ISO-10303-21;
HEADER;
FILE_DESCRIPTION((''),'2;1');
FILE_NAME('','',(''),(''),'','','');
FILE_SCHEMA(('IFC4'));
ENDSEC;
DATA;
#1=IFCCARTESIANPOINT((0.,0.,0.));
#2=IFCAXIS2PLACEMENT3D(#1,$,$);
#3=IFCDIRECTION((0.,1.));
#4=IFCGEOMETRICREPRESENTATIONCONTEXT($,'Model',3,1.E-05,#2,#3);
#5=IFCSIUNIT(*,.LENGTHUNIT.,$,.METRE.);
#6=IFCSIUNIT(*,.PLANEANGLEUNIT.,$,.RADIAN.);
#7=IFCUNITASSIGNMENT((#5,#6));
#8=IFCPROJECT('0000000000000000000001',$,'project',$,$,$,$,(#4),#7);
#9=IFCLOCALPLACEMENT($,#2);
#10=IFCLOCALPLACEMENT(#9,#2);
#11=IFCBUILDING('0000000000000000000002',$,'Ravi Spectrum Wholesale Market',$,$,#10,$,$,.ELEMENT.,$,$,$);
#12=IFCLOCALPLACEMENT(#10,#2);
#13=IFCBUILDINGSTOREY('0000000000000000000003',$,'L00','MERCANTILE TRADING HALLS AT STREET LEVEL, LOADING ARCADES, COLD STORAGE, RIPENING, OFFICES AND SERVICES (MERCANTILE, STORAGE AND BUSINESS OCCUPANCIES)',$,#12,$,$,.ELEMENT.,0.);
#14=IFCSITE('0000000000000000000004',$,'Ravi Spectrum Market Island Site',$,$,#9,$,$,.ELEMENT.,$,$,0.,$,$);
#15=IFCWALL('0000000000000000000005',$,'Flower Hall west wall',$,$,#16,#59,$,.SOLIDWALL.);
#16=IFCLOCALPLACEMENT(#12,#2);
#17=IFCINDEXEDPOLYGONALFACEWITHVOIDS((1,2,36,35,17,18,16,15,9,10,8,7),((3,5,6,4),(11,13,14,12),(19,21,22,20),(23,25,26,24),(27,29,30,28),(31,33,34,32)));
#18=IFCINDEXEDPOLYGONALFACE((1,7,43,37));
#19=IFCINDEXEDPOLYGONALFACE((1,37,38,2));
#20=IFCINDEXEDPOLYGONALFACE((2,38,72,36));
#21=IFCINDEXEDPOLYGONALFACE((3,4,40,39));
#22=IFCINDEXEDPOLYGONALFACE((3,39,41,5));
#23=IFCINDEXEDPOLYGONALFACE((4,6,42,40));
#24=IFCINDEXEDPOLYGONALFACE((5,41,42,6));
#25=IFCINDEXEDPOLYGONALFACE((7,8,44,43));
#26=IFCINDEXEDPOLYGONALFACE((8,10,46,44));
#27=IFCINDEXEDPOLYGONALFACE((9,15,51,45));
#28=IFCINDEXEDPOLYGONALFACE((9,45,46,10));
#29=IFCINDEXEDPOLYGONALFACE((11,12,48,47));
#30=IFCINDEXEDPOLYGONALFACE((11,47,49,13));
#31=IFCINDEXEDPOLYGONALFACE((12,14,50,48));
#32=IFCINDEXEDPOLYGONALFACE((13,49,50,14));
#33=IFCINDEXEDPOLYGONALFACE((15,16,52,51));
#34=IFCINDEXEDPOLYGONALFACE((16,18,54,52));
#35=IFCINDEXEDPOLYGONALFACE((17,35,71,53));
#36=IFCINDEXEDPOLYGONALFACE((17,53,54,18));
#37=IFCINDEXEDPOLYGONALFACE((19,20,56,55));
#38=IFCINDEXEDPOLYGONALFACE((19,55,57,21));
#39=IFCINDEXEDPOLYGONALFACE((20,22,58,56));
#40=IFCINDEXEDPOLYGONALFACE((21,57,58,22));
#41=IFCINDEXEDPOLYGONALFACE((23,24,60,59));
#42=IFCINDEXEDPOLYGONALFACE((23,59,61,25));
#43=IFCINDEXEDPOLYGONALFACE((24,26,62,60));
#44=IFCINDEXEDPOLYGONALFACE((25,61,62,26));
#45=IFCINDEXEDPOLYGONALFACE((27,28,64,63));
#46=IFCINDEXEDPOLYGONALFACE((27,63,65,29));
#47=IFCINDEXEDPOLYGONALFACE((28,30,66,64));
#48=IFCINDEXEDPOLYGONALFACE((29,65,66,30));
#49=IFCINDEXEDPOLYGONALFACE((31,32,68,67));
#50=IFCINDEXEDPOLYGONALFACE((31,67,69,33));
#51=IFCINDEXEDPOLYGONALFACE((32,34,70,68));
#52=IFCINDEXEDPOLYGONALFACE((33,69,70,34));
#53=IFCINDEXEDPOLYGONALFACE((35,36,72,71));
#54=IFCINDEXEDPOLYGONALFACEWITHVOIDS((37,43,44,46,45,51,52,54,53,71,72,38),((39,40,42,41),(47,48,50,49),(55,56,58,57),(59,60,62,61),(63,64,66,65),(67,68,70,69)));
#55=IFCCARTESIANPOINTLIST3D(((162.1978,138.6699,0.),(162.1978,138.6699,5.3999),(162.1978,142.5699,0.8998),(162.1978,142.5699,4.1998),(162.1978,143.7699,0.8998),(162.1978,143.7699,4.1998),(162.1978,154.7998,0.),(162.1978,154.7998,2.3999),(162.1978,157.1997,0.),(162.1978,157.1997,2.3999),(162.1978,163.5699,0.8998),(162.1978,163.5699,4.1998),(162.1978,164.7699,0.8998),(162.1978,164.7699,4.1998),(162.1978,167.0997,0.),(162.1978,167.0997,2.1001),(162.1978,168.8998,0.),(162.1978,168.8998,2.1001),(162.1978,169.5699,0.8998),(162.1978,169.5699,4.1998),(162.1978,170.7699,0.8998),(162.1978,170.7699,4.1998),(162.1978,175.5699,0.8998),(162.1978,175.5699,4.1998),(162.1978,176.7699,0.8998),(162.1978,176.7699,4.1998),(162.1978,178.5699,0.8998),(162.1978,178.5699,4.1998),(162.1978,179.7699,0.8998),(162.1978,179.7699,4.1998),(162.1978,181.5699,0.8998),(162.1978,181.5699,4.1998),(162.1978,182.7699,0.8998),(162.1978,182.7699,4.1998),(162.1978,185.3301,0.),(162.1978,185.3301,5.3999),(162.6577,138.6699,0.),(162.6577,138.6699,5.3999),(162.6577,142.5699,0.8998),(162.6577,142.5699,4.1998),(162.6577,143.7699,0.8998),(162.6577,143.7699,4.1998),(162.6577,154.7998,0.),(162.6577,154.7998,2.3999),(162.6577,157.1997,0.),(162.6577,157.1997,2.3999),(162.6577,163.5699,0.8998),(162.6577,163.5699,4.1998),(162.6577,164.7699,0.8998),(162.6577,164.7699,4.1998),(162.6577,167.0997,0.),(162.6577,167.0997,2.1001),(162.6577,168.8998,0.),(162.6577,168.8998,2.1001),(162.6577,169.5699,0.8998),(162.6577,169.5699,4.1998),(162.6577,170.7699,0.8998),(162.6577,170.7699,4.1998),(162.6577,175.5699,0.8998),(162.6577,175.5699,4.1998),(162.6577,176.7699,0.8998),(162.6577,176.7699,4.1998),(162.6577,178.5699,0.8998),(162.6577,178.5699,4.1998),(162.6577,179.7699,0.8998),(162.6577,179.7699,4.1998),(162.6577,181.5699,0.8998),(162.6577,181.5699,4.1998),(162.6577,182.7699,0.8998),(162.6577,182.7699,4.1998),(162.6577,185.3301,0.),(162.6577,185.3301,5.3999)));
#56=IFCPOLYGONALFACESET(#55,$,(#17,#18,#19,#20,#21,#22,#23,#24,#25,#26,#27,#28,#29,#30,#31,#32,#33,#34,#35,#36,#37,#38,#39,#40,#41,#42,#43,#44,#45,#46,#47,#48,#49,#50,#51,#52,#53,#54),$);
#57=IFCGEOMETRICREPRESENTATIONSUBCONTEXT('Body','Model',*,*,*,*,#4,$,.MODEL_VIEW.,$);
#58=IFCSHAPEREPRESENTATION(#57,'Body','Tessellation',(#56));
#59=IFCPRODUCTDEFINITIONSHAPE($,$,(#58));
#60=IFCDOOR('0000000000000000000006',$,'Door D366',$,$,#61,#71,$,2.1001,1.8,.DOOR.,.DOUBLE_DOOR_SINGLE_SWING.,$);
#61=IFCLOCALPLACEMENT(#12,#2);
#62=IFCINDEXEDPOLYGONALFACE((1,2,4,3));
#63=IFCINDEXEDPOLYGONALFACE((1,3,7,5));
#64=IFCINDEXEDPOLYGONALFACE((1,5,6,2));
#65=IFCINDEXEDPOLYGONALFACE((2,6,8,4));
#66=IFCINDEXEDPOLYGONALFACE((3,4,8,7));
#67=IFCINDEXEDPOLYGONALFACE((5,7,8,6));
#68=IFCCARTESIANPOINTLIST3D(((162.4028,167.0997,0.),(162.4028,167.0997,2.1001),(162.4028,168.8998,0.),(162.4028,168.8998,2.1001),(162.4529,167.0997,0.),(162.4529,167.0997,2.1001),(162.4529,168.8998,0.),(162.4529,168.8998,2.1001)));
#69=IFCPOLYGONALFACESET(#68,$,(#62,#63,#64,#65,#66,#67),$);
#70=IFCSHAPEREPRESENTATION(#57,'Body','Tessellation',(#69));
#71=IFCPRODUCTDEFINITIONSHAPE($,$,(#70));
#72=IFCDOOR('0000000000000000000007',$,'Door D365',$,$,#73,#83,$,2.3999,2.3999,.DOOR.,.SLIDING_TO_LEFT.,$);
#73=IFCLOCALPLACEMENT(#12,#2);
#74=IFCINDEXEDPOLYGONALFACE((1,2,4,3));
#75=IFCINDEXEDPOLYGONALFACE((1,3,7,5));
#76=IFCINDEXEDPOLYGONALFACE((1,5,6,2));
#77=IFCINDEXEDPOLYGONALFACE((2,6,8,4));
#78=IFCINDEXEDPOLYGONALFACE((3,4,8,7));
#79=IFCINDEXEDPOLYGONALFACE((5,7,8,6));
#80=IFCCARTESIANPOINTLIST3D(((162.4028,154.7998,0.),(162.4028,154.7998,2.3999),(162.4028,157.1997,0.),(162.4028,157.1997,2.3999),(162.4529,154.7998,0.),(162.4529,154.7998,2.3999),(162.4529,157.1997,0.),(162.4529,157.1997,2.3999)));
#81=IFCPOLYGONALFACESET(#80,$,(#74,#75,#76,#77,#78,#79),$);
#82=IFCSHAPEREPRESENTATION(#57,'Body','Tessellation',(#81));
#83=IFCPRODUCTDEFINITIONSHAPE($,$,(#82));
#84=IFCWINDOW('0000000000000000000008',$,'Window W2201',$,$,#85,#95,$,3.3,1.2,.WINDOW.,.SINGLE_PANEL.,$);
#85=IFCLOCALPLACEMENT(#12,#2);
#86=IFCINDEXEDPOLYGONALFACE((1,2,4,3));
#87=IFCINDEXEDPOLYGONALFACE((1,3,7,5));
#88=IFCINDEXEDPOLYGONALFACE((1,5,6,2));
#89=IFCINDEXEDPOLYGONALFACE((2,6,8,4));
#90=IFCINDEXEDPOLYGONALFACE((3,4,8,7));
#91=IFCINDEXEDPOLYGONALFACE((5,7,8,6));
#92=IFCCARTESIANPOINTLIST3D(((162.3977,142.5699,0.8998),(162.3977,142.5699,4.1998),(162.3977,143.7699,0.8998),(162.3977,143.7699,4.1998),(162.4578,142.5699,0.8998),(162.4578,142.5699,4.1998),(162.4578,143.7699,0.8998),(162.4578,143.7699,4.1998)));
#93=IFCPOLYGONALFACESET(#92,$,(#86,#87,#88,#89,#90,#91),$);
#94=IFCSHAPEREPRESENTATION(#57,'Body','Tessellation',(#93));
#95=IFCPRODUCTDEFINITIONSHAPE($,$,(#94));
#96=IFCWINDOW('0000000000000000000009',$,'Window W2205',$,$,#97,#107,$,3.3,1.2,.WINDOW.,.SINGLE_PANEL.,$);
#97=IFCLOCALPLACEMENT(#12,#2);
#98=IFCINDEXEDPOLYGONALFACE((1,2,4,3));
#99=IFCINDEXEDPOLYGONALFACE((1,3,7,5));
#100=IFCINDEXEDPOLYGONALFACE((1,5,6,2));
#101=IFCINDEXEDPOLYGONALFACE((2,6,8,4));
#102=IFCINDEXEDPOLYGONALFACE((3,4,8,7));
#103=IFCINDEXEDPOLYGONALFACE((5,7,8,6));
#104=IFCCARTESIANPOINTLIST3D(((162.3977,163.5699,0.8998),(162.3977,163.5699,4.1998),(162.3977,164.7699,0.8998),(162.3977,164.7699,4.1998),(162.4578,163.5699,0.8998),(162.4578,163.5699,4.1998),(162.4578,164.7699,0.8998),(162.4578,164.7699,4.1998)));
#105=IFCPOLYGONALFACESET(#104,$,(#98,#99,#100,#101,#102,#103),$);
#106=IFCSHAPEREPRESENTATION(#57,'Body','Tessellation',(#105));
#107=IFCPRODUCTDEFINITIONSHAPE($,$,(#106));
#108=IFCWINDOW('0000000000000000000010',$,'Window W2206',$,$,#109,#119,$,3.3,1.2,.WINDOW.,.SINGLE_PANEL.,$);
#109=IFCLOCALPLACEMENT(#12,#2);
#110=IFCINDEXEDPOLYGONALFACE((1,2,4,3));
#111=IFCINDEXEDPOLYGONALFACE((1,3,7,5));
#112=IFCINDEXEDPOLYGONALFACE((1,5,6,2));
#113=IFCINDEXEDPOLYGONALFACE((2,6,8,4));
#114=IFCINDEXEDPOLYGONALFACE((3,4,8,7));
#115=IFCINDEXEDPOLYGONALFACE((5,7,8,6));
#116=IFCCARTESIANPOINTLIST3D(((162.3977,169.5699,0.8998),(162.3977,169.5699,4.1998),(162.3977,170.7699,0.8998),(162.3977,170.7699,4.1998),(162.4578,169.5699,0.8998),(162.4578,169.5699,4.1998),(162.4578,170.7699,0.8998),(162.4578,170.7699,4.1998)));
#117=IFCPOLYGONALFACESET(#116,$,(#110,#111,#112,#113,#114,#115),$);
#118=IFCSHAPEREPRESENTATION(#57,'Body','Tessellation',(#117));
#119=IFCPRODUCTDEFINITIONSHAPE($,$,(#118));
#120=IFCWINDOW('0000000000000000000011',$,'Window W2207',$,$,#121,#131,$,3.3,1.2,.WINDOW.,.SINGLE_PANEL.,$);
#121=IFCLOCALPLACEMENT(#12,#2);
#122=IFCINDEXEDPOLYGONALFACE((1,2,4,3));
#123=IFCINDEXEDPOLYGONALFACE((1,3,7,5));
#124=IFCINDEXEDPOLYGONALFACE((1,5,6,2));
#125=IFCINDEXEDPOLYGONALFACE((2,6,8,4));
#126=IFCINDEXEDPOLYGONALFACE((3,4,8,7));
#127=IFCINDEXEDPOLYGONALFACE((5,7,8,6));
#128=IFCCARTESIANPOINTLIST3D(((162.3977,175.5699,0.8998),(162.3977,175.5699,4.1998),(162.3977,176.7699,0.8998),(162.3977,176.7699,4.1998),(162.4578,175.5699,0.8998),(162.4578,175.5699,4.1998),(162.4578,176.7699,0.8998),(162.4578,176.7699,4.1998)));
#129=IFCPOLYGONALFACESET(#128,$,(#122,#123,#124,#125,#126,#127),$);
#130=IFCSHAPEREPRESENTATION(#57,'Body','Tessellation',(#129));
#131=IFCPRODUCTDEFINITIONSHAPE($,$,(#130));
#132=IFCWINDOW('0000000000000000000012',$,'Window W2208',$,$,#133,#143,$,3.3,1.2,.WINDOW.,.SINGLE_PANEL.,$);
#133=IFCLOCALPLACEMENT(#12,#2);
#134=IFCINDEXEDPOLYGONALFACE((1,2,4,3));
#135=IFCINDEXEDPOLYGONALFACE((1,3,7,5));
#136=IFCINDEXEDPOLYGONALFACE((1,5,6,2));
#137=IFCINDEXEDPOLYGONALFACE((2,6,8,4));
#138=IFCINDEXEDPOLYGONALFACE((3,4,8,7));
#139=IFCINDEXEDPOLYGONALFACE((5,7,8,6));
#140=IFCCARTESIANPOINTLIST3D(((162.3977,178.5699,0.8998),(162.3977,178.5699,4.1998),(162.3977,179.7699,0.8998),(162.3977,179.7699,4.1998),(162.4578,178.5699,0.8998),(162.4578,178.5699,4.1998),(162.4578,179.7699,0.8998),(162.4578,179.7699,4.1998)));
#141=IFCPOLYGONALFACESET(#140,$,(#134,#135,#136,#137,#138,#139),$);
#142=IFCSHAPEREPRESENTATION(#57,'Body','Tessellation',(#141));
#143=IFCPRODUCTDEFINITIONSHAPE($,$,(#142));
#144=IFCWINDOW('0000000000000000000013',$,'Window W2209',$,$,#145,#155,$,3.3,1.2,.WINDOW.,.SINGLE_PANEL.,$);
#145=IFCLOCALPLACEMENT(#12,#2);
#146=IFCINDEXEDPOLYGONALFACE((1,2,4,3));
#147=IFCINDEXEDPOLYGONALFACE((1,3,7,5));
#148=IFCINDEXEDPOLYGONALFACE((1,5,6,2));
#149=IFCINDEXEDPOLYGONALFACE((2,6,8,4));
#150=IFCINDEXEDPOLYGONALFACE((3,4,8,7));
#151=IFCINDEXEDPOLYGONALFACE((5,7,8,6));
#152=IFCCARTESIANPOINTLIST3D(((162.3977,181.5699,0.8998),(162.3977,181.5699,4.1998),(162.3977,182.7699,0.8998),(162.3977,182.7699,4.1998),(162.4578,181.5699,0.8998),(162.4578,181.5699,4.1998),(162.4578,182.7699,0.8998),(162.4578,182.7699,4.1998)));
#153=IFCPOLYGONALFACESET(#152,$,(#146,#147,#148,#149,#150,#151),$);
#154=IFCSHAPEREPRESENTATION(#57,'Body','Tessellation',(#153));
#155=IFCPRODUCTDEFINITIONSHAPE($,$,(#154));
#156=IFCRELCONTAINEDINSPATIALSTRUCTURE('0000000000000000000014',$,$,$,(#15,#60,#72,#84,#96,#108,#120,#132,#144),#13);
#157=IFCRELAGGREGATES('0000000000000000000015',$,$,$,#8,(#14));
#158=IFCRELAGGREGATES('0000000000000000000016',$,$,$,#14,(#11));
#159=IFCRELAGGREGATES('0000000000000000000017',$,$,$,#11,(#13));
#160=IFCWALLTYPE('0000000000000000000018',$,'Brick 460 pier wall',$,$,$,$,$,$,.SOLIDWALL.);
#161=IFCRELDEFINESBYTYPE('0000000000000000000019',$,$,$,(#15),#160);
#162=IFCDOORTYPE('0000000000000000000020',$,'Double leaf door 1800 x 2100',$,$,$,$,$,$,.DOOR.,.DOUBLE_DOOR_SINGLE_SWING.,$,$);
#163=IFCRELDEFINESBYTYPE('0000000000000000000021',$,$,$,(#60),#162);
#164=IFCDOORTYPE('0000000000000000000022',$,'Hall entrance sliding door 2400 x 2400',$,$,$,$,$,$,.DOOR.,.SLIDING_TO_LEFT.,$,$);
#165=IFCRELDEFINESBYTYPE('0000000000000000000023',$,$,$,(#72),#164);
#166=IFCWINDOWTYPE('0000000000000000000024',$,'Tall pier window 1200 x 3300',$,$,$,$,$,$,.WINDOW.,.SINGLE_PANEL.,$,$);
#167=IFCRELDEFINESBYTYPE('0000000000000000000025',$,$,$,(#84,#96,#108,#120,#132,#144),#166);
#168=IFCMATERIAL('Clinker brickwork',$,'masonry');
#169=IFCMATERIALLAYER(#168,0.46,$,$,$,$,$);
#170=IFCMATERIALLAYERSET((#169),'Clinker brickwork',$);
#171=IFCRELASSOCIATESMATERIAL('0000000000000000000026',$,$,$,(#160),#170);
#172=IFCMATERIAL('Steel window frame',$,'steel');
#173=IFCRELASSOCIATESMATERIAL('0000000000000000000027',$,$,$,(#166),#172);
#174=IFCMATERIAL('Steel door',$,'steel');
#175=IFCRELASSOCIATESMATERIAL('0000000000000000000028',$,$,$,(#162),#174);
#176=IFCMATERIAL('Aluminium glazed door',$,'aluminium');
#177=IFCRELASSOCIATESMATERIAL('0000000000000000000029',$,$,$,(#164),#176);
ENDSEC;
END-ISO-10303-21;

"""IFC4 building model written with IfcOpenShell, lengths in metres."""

from ifc_helpers import new_model, si_unit, direction, frame, frame_2d, origin, place, context, subcontext, project, spatial, rectangle, extrude, material, layer, layer_set, type_object, element, fill, save


model = new_model("IFC4")

# Units and contexts
model_context = context("Model", 3, precision=1e-05, world=origin(), true_north=direction((0.0, 1.0)))
body_context = subcontext(model_context, "Body", "Model", "MODEL_VIEW")
ifc_project = project(units=[si_unit("LENGTHUNIT", "METRE"), si_unit("PLANEANGLEUNIT", "RADIAN")], contexts=[model_context])

# Site, building, storey
site_placement = place(None, origin())
site = spatial("IfcSite", under=ifc_project, at=site_placement, Name="Ravi Spectrum Market Island Site", CompositionType="ELEMENT", RefElevation=0.0)
building_placement = place(site_placement, origin())
building = spatial("IfcBuilding", under=site, at=building_placement, Name="Ravi Spectrum Wholesale Market", CompositionType="ELEMENT")
storey_placement = place(building_placement, origin())
storey = spatial("IfcBuildingStorey", under=building, at=storey_placement, Name="L00", Description="MERCANTILE TRADING HALLS AT STREET LEVEL, LOADING ARCADES, COLD STORAGE, RIPENING, OFFICES AND SERVICES (MERCANTILE, STORAGE AND BUSINESS OCCUPANCIES)", CompositionType="ELEMENT", Elevation=0.0)

# Shared definitions
ifc_material_1 = material(Name="Clinker brickwork", Category="masonry")
ifc_layer = layer(ifc_material_1, 0.46)
ifc_layer_set = layer_set([ifc_layer], Name="Clinker brickwork")
wall_type = type_object("IfcWallType", Name="Brick 460 pier wall", PredefinedType="SOLIDWALL", material=ifc_layer_set)
ifc_material_2 = material(Name="Steel window frame", Category="steel")
window_type = type_object("IfcWindowType", Name="Tall pier window 1200 x 3300", PartitioningType="SINGLE_PANEL", PredefinedType="WINDOW", material=ifc_material_2)

# Wall, openings, doors, windows
wall_1_placement = place(storey_placement, frame((162.4277, 138.6699, 0.0), z_axis=(0.0, 0.0, 1.0), x_axis=(0.0, 1.0, 0.0)))
wall_1 = element("IfcWall", 1, at=wall_1_placement, inside=storey, type_object=wall_type, Name="Flower Hall west wall", PredefinedType="SOLIDWALL", context=body_context, shape_type="SweptSolid", body=[
    extrude(rectangle(XDim=46.6602, YDim=0.46, at=frame_2d((23.3301, 0.0))), origin(), (0.0, 0.0, 1.0), 5.3999),
])
opening_1_placement = place(wall_1_placement, frame((16.1299, 0.0, 0.0)))
opening_1 = element("IfcOpeningElement", 2, at=opening_1_placement, cuts=wall_1, PredefinedType="OPENING", context=body_context, shape_type="SweptSolid", body=[
    extrude(rectangle(XDim=2.3999, YDim=2.3999, at=frame_2d((1.2, 1.2))), frame((0.0, 0.24, 0.0), z_axis=(0.0, -1.0, 0.0), x_axis=(1.0, 0.0, 0.0)), (0.0, 0.0, 1.0), 0.48),
])
opening_2_placement = place(wall_1_placement, frame((28.4299, 0.0, 0.0)))
opening_2 = element("IfcOpeningElement", 3, at=opening_2_placement, cuts=wall_1, PredefinedType="OPENING", context=body_context, shape_type="SweptSolid", body=[
    extrude(rectangle(XDim=1.8, YDim=2.1001, at=frame_2d((0.8999, 1.05))), frame((0.0, 0.24, 0.0), z_axis=(0.0, -1.0, 0.0), x_axis=(1.0, 0.0, 0.0)), (0.0, 0.0, 1.0), 0.48),
])
opening_3_placement = place(wall_1_placement, frame((3.8999, 0.0, 0.8999)))
opening_3 = element("IfcOpeningElement", 4, at=opening_3_placement, cuts=wall_1, PredefinedType="OPENING", context=body_context, shape_type="SweptSolid", body=[
    extrude(rectangle(XDim=1.2, YDim=3.3, at=frame_2d((0.6001, 1.6499))), frame((0.0, 0.24, 0.0), z_axis=(0.0, -1.0, 0.0), x_axis=(1.0, 0.0, 0.0)), (0.0, 0.0, 1.0), 0.48),
])
opening_4_placement = place(wall_1_placement, frame((24.8999, 0.0, 0.8999)))
opening_4 = element("IfcOpeningElement", 5, at=opening_4_placement, cuts=wall_1, PredefinedType="OPENING", context=body_context, shape_type="SweptSolid", body=[
    extrude(rectangle(XDim=1.2, YDim=3.3, at=frame_2d((0.6001, 1.6499))), frame((0.0, 0.24, 0.0), z_axis=(0.0, -1.0, 0.0), x_axis=(1.0, 0.0, 0.0)), (0.0, 0.0, 1.0), 0.48),
])
opening_5_placement = place(wall_1_placement, frame((30.8999, 0.0, 0.8999)))
opening_5 = element("IfcOpeningElement", 6, at=opening_5_placement, cuts=wall_1, PredefinedType="OPENING", context=body_context, shape_type="SweptSolid", body=[
    extrude(rectangle(XDim=1.2, YDim=3.3, at=frame_2d((0.6001, 1.6499))), frame((0.0, 0.24, 0.0), z_axis=(0.0, -1.0, 0.0), x_axis=(1.0, 0.0, 0.0)), (0.0, 0.0, 1.0), 0.48),
])
opening_6_placement = place(wall_1_placement, frame((36.8999, 0.0, 0.8999)))
opening_6 = element("IfcOpeningElement", 7, at=opening_6_placement, cuts=wall_1, PredefinedType="OPENING", context=body_context, shape_type="SweptSolid", body=[
    extrude(rectangle(XDim=1.2, YDim=3.3, at=frame_2d((0.6001, 1.6499))), frame((0.0, 0.24, 0.0), z_axis=(0.0, -1.0, 0.0), x_axis=(1.0, 0.0, 0.0)), (0.0, 0.0, 1.0), 0.48),
])
opening_7_placement = place(wall_1_placement, frame((39.8999, 0.0, 0.8999)))
opening_7 = element("IfcOpeningElement", 8, at=opening_7_placement, cuts=wall_1, PredefinedType="OPENING", context=body_context, shape_type="SweptSolid", body=[
    extrude(rectangle(XDim=1.2, YDim=3.3, at=frame_2d((0.6001, 1.6499))), frame((0.0, 0.24, 0.0), z_axis=(0.0, -1.0, 0.0), x_axis=(1.0, 0.0, 0.0)), (0.0, 0.0, 1.0), 0.48),
])
opening_8_placement = place(wall_1_placement, frame((42.8999, 0.0, 0.8999)))
opening_8 = element("IfcOpeningElement", 9, at=opening_8_placement, cuts=wall_1, PredefinedType="OPENING", context=body_context, shape_type="SweptSolid", body=[
    extrude(rectangle(XDim=1.2, YDim=3.3, at=frame_2d((0.6001, 1.6499))), frame((0.0, 0.24, 0.0), z_axis=(0.0, -1.0, 0.0), x_axis=(1.0, 0.0, 0.0)), (0.0, 0.0, 1.0), 0.48),
])
ifc_material_3 = material(Name="Steel door", Category="steel")
door_type_1 = type_object("IfcDoorType", Name="Double leaf door 1800 x 2100", OperationType="DOUBLE_DOOR_SINGLE_SWING", PredefinedType="DOOR", material=ifc_material_3)
door_1_placement = place(opening_2_placement, origin())
door_1 = element("IfcDoor", 10, at=door_1_placement, inside=storey, type_object=door_type_1, Name="Door D366", OperationType="DOUBLE_DOOR_SINGLE_SWING", OverallHeight=2.1001, OverallWidth=1.8, PredefinedType="DOOR", context=body_context, shape_type="SweptSolid", body=[
    extrude(rectangle(XDim=1.8, YDim=2.1001, at=frame_2d((0.8999, 1.05))), frame((0.0, 0.0249, 0.0), z_axis=(0.0, -1.0, 0.0), x_axis=(1.0, 0.0, 0.0)), (0.0, 0.0, 1.0), 0.05),
])
fill(opening_2, door_1)
ifc_material_4 = material(Name="Aluminium glazed door", Category="aluminium")
door_type_2 = type_object("IfcDoorType", Name="Hall entrance sliding door 2400 x 2400", OperationType="SLIDING_TO_LEFT", PredefinedType="DOOR", material=ifc_material_4)
door_2_placement = place(opening_1_placement, origin())
door_2 = element("IfcDoor", 11, at=door_2_placement, inside=storey, type_object=door_type_2, Name="Door D365", OperationType="SLIDING_TO_LEFT", OverallHeight=2.3999, OverallWidth=2.3999, PredefinedType="DOOR", context=body_context, shape_type="SweptSolid", body=[
    extrude(rectangle(XDim=2.3999, YDim=2.3999, at=frame_2d((1.2, 1.2))), frame((0.0, 0.0249, 0.0), z_axis=(0.0, -1.0, 0.0), x_axis=(1.0, 0.0, 0.0)), (0.0, 0.0, 1.0), 0.05),
])
fill(opening_1, door_2)
window_1_placement = place(opening_3_placement, origin())
window_1 = element("IfcWindow", 12, at=window_1_placement, inside=storey, type_object=window_type, Name="Window W2201", OverallHeight=3.3, OverallWidth=1.2, PartitioningType="SINGLE_PANEL", PredefinedType="WINDOW", context=body_context, shape_type="SweptSolid", body=[
    extrude(rectangle(XDim=1.2, YDim=3.3, at=frame_2d((0.6001, 1.6499))), frame((0.0, 0.03, 0.0), z_axis=(0.0, -1.0, 0.0), x_axis=(1.0, 0.0, 0.0)), (0.0, 0.0, 1.0), 0.0601),
])
fill(opening_3, window_1)
window_2_placement = place(opening_4_placement, origin())
window_2 = element("IfcWindow", 13, at=window_2_placement, inside=storey, type_object=window_type, Name="Window W2205", OverallHeight=3.3, OverallWidth=1.2, PartitioningType="SINGLE_PANEL", PredefinedType="WINDOW", context=body_context, shape_type="SweptSolid", body=[
    extrude(rectangle(XDim=1.2, YDim=3.3, at=frame_2d((0.6001, 1.6499))), frame((0.0, 0.03, 0.0), z_axis=(0.0, -1.0, 0.0), x_axis=(1.0, 0.0, 0.0)), (0.0, 0.0, 1.0), 0.0601),
])
fill(opening_4, window_2)
window_3_placement = place(opening_5_placement, origin())
window_3 = element("IfcWindow", 14, at=window_3_placement, inside=storey, type_object=window_type, Name="Window W2206", OverallHeight=3.3, OverallWidth=1.2, PartitioningType="SINGLE_PANEL", PredefinedType="WINDOW", context=body_context, shape_type="SweptSolid", body=[
    extrude(rectangle(XDim=1.2, YDim=3.3, at=frame_2d((0.6001, 1.6499))), frame((0.0, 0.03, 0.0), z_axis=(0.0, -1.0, 0.0), x_axis=(1.0, 0.0, 0.0)), (0.0, 0.0, 1.0), 0.0601),
])
fill(opening_5, window_3)
window_4_placement = place(opening_6_placement, origin())
window_4 = element("IfcWindow", 15, at=window_4_placement, inside=storey, type_object=window_type, Name="Window W2207", OverallHeight=3.3, OverallWidth=1.2, PartitioningType="SINGLE_PANEL", PredefinedType="WINDOW", context=body_context, shape_type="SweptSolid", body=[
    extrude(rectangle(XDim=1.2, YDim=3.3, at=frame_2d((0.6001, 1.6499))), frame((0.0, 0.03, 0.0), z_axis=(0.0, -1.0, 0.0), x_axis=(1.0, 0.0, 0.0)), (0.0, 0.0, 1.0), 0.0601),
])
fill(opening_6, window_4)
window_5_placement = place(opening_7_placement, origin())
window_5 = element("IfcWindow", 16, at=window_5_placement, inside=storey, type_object=window_type, Name="Window W2208", OverallHeight=3.3, OverallWidth=1.2, PartitioningType="SINGLE_PANEL", PredefinedType="WINDOW", context=body_context, shape_type="SweptSolid", body=[
    extrude(rectangle(XDim=1.2, YDim=3.3, at=frame_2d((0.6001, 1.6499))), frame((0.0, 0.03, 0.0), z_axis=(0.0, -1.0, 0.0), x_axis=(1.0, 0.0, 0.0)), (0.0, 0.0, 1.0), 0.0601),
])
fill(opening_7, window_5)
window_6_placement = place(opening_8_placement, origin())
window_6 = element("IfcWindow", 17, at=window_6_placement, inside=storey, type_object=window_type, Name="Window W2209", OverallHeight=3.3, OverallWidth=1.2, PartitioningType="SINGLE_PANEL", PredefinedType="WINDOW", context=body_context, shape_type="SweptSolid", body=[
    extrude(rectangle(XDim=1.2, YDim=3.3, at=frame_2d((0.6001, 1.6499))), frame((0.0, 0.03, 0.0), z_axis=(0.0, -1.0, 0.0), x_axis=(1.0, 0.0, 0.0)), (0.0, 0.0, 1.0), 0.0601),
])
fill(opening_8, window_6)

save(model, "model.ifc")
